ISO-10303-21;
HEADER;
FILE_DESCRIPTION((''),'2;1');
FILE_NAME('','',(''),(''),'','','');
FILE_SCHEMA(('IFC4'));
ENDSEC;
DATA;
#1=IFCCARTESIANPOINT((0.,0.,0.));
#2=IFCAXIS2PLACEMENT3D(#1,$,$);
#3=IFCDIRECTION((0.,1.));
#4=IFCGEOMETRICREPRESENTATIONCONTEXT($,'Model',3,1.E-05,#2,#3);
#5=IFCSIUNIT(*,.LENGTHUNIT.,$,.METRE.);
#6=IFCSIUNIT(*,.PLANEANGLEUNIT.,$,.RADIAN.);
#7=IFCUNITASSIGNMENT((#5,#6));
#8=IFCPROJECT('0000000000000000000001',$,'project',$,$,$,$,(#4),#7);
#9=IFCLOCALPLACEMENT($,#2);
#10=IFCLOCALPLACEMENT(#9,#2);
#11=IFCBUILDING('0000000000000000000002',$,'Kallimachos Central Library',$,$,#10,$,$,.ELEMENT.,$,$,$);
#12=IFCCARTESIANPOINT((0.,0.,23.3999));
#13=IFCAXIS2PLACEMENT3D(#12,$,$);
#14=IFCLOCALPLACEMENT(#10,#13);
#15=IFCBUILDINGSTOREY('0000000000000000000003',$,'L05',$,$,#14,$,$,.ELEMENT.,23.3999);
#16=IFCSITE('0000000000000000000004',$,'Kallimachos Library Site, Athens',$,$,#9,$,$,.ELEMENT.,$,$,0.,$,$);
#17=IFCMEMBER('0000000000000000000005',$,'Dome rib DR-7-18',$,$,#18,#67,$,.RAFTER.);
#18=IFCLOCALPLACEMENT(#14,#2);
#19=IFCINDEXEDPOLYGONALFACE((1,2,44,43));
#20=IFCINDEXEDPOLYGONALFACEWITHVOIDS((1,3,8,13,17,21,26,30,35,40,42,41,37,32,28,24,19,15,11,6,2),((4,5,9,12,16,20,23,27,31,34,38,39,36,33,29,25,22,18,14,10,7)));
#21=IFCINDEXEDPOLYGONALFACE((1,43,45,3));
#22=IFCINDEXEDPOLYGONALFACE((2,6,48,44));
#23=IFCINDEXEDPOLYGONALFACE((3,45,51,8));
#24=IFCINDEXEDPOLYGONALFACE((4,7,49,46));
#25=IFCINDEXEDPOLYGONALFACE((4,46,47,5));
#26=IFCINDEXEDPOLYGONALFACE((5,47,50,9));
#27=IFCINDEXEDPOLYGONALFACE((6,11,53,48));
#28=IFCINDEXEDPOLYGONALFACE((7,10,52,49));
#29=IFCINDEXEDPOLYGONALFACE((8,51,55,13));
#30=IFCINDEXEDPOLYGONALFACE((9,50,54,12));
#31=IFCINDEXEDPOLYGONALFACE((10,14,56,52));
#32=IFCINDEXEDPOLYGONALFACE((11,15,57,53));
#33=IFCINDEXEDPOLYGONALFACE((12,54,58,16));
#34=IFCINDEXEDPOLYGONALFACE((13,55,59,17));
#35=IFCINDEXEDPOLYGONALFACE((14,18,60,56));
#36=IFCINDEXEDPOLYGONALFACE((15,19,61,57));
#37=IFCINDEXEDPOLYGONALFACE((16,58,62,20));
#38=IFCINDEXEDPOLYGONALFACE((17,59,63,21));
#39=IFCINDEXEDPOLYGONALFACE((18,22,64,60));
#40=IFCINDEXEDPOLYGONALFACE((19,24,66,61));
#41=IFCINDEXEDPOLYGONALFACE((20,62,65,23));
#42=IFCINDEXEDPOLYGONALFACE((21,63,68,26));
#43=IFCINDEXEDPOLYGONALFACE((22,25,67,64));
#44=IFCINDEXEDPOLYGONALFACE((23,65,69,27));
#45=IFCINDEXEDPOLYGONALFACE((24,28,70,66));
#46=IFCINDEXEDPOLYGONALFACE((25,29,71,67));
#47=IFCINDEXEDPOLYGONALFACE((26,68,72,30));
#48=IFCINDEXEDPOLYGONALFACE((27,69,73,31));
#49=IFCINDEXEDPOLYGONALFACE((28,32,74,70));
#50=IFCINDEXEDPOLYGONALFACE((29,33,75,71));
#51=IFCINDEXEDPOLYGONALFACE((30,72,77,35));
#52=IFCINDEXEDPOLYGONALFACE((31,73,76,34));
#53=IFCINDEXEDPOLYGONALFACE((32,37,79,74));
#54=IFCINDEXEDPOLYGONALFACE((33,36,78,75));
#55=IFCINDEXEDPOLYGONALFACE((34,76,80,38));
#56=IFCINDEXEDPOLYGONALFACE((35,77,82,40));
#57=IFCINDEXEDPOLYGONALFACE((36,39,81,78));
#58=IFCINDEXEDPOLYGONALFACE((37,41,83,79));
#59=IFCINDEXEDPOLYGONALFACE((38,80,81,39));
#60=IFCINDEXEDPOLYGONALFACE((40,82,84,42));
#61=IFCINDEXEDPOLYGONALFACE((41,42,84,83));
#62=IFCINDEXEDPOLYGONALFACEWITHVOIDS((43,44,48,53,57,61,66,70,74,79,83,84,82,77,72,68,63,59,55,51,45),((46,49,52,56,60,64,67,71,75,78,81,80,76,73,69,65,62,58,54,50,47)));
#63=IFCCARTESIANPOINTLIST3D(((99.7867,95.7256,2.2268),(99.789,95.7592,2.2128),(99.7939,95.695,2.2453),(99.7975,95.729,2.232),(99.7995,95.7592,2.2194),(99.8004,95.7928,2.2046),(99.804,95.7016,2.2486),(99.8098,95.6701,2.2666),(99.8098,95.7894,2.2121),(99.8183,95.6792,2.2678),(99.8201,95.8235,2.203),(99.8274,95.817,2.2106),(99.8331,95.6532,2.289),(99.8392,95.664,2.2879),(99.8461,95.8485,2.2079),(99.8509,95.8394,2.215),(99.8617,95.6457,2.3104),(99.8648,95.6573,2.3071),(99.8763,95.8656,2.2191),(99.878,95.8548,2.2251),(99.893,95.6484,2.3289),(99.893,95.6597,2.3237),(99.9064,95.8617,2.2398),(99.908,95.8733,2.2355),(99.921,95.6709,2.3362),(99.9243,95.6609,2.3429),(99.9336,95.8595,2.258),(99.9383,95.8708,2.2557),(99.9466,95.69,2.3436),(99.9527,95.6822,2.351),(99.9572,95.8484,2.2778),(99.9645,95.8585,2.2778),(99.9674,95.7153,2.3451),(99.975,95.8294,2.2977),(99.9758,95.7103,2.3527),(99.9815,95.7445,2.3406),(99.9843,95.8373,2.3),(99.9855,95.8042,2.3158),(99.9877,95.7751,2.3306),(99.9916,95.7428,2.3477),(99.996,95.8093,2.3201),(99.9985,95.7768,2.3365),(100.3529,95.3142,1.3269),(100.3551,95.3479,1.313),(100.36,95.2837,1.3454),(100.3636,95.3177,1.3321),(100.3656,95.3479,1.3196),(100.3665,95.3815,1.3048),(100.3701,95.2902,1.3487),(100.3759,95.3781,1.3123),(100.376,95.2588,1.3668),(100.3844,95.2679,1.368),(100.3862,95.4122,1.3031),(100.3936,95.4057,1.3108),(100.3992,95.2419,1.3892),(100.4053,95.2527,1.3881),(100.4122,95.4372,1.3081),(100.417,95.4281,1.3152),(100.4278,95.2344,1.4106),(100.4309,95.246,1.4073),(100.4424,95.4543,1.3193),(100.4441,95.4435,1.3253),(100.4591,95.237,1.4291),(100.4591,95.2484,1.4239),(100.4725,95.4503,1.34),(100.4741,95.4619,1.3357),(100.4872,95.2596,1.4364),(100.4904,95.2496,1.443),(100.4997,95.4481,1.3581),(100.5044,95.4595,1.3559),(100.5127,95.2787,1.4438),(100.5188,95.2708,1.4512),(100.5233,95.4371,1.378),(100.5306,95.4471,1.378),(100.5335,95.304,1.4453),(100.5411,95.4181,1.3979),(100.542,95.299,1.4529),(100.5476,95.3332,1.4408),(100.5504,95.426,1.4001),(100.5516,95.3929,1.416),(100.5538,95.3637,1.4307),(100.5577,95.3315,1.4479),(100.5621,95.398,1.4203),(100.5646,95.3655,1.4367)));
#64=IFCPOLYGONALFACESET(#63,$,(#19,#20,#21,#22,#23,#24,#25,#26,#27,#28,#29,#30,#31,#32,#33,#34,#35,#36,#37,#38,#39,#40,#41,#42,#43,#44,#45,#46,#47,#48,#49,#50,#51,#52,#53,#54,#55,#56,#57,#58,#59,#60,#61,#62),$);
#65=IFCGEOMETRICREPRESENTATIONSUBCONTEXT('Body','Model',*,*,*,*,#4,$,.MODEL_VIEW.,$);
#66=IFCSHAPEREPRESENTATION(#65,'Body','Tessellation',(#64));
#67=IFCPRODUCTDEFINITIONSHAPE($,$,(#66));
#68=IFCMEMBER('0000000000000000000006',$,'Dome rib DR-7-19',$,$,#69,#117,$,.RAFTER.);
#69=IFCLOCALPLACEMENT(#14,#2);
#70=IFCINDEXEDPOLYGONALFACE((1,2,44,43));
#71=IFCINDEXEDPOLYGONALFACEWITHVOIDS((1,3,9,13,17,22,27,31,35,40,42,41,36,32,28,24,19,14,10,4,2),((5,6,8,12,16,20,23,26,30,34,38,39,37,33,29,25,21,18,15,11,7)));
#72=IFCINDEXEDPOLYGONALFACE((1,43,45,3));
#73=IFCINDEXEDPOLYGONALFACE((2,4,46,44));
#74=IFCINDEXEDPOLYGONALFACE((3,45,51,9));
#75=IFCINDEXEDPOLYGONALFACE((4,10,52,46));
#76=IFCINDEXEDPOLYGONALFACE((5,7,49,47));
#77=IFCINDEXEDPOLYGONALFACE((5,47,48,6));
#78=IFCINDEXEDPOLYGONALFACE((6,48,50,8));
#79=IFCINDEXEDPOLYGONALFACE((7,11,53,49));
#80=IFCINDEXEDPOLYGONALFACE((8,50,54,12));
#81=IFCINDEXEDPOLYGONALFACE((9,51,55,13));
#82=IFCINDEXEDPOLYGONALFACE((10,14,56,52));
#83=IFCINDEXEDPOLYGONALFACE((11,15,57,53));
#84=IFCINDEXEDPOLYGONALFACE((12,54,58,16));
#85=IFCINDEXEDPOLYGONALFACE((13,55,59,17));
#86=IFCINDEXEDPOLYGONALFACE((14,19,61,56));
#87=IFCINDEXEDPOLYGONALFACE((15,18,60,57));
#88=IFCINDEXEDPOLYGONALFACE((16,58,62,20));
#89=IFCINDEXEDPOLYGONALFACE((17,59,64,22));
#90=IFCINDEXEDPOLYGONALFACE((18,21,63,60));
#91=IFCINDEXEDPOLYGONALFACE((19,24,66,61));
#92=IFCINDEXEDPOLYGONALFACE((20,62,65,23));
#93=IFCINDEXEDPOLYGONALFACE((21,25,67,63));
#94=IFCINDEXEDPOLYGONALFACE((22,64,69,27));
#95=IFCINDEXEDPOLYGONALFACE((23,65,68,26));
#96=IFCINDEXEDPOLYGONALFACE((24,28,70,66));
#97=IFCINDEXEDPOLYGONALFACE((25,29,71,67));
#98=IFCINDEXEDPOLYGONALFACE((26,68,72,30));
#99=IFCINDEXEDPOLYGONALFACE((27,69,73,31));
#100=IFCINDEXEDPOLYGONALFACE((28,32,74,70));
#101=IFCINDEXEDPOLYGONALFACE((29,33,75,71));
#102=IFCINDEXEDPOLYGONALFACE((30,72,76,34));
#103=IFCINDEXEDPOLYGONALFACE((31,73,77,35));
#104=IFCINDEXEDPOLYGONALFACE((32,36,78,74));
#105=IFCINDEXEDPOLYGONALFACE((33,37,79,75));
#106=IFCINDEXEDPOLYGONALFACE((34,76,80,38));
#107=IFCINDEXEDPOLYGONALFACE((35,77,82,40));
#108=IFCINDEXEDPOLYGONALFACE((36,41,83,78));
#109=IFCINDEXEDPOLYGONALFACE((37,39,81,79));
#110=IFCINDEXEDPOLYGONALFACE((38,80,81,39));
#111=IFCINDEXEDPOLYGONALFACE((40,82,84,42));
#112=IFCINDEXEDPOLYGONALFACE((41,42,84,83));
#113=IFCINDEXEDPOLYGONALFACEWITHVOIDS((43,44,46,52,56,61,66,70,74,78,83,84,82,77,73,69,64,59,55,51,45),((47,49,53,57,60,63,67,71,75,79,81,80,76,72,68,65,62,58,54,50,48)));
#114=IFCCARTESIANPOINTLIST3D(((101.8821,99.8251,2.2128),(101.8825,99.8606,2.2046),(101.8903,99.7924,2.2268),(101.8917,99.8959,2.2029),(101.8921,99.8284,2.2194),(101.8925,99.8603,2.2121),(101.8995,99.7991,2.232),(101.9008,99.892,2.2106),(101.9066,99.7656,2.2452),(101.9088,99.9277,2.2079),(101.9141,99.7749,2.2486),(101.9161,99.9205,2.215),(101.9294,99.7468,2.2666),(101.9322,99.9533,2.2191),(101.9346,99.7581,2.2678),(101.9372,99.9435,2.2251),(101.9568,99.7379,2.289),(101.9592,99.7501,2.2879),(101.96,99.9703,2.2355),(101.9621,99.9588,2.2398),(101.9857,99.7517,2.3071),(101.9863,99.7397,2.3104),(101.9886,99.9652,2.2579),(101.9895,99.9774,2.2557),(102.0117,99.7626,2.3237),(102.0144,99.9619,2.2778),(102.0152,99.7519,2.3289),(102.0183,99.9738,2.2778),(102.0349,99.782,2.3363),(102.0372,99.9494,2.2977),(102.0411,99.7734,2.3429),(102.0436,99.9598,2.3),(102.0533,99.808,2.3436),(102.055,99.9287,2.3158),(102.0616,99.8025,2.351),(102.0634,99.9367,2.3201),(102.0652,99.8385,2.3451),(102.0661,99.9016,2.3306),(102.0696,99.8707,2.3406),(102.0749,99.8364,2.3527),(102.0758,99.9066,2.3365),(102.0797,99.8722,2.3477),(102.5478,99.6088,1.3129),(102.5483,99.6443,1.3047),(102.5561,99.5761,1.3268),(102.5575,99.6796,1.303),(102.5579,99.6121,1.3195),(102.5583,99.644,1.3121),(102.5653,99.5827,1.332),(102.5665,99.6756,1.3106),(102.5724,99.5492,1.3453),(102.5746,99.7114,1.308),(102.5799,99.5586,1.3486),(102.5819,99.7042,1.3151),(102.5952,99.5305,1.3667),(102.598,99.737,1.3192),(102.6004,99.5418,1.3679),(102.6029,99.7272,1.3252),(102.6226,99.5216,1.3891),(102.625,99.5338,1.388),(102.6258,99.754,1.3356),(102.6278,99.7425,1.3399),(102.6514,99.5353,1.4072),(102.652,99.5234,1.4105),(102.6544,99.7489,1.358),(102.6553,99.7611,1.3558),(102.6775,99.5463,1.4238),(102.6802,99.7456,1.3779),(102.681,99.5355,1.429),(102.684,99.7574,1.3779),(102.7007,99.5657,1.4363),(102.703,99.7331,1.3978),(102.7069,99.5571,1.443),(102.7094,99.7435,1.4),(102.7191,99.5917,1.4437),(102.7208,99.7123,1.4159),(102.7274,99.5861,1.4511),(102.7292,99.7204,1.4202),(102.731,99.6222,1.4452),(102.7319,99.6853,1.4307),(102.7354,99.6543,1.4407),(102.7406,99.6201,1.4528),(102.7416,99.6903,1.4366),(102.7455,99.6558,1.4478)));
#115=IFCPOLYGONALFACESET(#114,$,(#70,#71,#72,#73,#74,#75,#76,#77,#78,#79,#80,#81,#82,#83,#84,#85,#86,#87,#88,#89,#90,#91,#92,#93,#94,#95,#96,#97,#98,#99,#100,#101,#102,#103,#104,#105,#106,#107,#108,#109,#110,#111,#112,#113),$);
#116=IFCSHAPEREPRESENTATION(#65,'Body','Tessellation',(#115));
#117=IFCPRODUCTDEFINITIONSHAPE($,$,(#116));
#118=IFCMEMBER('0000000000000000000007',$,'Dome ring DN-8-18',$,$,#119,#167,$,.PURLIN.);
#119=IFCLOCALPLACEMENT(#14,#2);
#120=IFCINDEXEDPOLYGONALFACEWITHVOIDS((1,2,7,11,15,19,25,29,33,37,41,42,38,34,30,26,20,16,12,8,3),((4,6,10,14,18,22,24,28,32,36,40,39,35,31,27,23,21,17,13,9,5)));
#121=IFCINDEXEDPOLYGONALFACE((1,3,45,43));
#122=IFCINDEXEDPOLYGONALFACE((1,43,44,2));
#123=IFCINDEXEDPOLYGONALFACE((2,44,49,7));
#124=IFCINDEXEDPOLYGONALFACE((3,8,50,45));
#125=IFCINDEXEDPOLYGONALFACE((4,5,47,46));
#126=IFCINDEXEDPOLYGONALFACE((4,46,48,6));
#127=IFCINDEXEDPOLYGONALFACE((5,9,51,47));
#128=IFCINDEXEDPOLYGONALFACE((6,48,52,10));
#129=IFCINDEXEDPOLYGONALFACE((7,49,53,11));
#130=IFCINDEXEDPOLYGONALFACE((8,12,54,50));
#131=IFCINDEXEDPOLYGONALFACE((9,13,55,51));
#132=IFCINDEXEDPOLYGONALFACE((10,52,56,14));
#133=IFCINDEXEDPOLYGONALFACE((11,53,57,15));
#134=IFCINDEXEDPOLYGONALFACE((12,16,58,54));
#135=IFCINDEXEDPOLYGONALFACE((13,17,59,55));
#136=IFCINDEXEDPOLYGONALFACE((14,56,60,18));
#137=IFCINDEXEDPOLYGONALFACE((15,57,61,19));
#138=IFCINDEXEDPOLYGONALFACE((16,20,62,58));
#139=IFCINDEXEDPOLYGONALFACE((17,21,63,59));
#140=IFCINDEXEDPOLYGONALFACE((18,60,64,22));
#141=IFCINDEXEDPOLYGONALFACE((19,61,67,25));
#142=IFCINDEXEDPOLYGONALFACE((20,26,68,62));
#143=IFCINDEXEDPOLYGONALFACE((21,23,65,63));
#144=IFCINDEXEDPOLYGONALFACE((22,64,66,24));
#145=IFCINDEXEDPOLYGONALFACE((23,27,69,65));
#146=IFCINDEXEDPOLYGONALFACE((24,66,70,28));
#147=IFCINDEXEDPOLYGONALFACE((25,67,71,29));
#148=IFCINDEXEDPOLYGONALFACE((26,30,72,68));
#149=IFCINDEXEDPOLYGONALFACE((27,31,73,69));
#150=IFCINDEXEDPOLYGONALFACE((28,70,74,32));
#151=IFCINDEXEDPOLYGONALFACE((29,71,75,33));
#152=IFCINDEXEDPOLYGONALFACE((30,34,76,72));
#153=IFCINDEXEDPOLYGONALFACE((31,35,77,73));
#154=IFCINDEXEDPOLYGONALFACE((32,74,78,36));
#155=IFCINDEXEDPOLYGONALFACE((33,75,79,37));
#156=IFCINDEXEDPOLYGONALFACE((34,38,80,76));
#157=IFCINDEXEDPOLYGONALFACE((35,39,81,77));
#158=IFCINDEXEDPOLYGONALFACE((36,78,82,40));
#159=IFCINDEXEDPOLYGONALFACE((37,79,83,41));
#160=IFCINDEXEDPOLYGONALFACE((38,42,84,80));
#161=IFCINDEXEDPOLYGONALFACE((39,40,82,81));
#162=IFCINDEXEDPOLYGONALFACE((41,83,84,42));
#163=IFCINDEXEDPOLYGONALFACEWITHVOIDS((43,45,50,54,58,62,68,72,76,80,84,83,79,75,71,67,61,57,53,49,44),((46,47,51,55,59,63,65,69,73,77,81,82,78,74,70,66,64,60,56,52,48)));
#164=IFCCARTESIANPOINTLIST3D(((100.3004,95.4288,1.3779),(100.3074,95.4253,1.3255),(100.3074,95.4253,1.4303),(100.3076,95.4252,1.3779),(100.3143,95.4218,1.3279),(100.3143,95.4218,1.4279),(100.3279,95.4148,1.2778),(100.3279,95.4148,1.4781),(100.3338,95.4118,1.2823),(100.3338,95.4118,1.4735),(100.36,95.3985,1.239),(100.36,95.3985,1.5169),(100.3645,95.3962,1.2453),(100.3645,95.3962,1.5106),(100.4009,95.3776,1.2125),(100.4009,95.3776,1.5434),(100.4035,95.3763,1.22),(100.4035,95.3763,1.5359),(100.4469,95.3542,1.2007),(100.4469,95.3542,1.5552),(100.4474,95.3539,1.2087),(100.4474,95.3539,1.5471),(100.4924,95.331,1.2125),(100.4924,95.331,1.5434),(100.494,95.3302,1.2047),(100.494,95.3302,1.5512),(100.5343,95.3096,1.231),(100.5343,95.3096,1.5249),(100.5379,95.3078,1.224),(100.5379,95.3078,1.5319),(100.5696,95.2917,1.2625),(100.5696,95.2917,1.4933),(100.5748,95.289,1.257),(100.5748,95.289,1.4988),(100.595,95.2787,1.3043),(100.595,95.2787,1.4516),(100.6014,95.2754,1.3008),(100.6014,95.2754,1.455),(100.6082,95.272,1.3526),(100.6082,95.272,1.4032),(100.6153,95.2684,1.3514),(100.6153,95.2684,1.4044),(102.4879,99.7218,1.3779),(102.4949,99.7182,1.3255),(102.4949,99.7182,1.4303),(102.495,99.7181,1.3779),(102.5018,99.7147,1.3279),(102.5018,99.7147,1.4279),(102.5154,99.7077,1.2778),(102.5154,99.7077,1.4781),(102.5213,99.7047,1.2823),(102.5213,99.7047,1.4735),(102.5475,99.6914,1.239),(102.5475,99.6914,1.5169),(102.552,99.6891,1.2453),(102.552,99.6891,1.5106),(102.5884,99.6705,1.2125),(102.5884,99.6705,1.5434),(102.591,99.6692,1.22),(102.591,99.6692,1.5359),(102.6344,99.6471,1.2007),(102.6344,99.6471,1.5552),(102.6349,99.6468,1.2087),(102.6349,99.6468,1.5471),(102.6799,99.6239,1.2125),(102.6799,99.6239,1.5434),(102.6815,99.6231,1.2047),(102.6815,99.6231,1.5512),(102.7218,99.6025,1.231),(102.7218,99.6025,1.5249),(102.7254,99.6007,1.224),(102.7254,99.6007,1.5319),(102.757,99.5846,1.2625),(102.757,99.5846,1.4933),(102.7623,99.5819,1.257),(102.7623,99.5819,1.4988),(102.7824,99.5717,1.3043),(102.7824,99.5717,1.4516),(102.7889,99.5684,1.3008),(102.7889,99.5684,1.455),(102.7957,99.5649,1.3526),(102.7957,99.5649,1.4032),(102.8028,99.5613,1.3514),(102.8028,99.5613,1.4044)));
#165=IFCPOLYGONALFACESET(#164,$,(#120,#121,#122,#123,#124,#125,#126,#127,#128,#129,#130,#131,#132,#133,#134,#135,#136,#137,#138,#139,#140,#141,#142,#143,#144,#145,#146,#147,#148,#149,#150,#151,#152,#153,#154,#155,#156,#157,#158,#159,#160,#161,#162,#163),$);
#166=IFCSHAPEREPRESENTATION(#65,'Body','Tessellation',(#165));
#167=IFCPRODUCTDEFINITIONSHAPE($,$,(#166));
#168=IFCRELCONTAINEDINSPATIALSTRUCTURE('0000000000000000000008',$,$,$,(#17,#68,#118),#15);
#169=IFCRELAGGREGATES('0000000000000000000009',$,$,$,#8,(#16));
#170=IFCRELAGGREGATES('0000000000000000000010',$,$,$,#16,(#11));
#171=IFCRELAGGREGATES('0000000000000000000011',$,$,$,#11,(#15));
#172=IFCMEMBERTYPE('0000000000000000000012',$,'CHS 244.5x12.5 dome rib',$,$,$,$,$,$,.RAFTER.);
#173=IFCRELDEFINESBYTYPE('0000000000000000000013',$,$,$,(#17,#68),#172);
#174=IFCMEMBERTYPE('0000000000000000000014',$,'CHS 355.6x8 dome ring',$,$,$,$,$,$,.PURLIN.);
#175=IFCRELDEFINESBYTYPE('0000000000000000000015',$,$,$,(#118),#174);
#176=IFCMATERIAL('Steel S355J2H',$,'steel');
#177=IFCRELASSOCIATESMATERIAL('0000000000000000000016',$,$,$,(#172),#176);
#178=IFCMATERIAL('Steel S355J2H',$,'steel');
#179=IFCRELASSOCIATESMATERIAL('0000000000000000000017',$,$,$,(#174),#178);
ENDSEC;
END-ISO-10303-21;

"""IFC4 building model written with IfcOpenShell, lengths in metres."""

from ifc_helpers import new_model, si_unit, direction, frame, origin, origin_2d, place, context, subcontext, project, spatial, hollow_circle, extrude, material, material_profile, profile_set, type_object, element, save


model = new_model("IFC4")

# Units and contexts
model_context = context("Model", 3, precision=1e-05, world=origin(), true_north=direction((0.0, 1.0)))
body_context = subcontext(model_context, "Body", "Model", "MODEL_VIEW")
ifc_project = project(units=[si_unit("LENGTHUNIT", "METRE"), si_unit("PLANEANGLEUNIT", "RADIAN")], contexts=[model_context])

# Site, building, storey
site_placement = place(None, origin())
site = spatial("IfcSite", under=ifc_project, at=site_placement, Name="Kallimachos Library Site, Athens", CompositionType="ELEMENT", RefElevation=0.0)
building_placement = place(site_placement, origin())
building = spatial("IfcBuilding", under=site, at=building_placement, Name="Kallimachos Central Library", CompositionType="ELEMENT")
storey_placement = place(building_placement, frame((0.0, 0.0, 23.3999)))
storey = spatial("IfcBuildingStorey", under=building, at=storey_placement, Name="L05", CompositionType="ELEMENT", Elevation=23.3999)

# Members
ifc_material_1 = material(Name="Steel S355J2H", Category="steel")
ifc_material_profile_1 = material_profile(ifc_material_1, hollow_circle(Radius=0.1223, WallThickness=0.0125, at=origin_2d()), Name="CHS 244.5x12.5")
ifc_profile_set_1 = profile_set([ifc_material_profile_1], Name="Steel S355J2H")
member_type_1 = type_object("IfcMemberType", Name="CHS 244.5x12.5 dome rib", PredefinedType="RAFTER", material=ifc_profile_set_1)
member_1_placement = place(storey_placement, frame((99.8926, 95.7595, 2.2778), z_axis=(0.496634, -0.360858, -0.78939), x_axis=(0.587819, 0.808992, 0.0)))
element("IfcMember", 1, at=member_1_placement, inside=storey, type_object=member_type_1, Name="Dome rib DR-7-18", PredefinedType="RAFTER", context=body_context, shape_type="SweptSolid", body=[
    extrude(hollow_circle(Radius=0.1223, WallThickness=0.0125, at=origin_2d()), origin(), (0.0, 0.0, 1.0), 1.1399),
])
member_2_placement = place(storey_placement, frame((101.9805, 99.8574, 2.2778), z_axis=(0.58395, -0.189725, -0.789307), x_axis=(0.308999, 0.951062, 0.0)))
element("IfcMember", 2, at=member_2_placement, inside=storey, type_object=member_type_1, Name="Dome rib DR-7-19", PredefinedType="RAFTER", context=body_context, shape_type="SweptSolid", body=[
    extrude(hollow_circle(Radius=0.1223, WallThickness=0.0125, at=origin_2d()), origin(), (0.0, 0.0, 1.0), 1.1401),
])
ifc_material_2 = material(Name="Steel S355J2H", Category="steel")
ifc_material_profile_2 = material_profile(ifc_material_2, hollow_circle(Radius=0.1777, WallThickness=0.0081, at=origin_2d()), Name="CHS 355.6x8")
ifc_profile_set_2 = profile_set([ifc_material_profile_2], Name="Steel S355J2H")
member_type_2 = type_object("IfcMemberType", Name="CHS 355.6x8 dome ring", PredefinedType="PURLIN", material=ifc_profile_set_2)
member_3_placement = place(storey_placement, frame((100.4587, 95.3481, 1.3779), z_axis=(0.454011, 0.890996, 0.0), x_axis=(-0.890996, 0.454011, 0.0)))
element("IfcMember", 3, at=member_3_placement, inside=storey, type_object=member_type_2, Name="Dome ring DN-8-18", PredefinedType="PURLIN", context=body_context, shape_type="SweptSolid", body=[
    extrude(hollow_circle(Radius=0.1777, WallThickness=0.0081, at=origin_2d()), origin(), (0.0, 0.0, 1.0), 4.8181),
])

save(model, "model.ifc")
